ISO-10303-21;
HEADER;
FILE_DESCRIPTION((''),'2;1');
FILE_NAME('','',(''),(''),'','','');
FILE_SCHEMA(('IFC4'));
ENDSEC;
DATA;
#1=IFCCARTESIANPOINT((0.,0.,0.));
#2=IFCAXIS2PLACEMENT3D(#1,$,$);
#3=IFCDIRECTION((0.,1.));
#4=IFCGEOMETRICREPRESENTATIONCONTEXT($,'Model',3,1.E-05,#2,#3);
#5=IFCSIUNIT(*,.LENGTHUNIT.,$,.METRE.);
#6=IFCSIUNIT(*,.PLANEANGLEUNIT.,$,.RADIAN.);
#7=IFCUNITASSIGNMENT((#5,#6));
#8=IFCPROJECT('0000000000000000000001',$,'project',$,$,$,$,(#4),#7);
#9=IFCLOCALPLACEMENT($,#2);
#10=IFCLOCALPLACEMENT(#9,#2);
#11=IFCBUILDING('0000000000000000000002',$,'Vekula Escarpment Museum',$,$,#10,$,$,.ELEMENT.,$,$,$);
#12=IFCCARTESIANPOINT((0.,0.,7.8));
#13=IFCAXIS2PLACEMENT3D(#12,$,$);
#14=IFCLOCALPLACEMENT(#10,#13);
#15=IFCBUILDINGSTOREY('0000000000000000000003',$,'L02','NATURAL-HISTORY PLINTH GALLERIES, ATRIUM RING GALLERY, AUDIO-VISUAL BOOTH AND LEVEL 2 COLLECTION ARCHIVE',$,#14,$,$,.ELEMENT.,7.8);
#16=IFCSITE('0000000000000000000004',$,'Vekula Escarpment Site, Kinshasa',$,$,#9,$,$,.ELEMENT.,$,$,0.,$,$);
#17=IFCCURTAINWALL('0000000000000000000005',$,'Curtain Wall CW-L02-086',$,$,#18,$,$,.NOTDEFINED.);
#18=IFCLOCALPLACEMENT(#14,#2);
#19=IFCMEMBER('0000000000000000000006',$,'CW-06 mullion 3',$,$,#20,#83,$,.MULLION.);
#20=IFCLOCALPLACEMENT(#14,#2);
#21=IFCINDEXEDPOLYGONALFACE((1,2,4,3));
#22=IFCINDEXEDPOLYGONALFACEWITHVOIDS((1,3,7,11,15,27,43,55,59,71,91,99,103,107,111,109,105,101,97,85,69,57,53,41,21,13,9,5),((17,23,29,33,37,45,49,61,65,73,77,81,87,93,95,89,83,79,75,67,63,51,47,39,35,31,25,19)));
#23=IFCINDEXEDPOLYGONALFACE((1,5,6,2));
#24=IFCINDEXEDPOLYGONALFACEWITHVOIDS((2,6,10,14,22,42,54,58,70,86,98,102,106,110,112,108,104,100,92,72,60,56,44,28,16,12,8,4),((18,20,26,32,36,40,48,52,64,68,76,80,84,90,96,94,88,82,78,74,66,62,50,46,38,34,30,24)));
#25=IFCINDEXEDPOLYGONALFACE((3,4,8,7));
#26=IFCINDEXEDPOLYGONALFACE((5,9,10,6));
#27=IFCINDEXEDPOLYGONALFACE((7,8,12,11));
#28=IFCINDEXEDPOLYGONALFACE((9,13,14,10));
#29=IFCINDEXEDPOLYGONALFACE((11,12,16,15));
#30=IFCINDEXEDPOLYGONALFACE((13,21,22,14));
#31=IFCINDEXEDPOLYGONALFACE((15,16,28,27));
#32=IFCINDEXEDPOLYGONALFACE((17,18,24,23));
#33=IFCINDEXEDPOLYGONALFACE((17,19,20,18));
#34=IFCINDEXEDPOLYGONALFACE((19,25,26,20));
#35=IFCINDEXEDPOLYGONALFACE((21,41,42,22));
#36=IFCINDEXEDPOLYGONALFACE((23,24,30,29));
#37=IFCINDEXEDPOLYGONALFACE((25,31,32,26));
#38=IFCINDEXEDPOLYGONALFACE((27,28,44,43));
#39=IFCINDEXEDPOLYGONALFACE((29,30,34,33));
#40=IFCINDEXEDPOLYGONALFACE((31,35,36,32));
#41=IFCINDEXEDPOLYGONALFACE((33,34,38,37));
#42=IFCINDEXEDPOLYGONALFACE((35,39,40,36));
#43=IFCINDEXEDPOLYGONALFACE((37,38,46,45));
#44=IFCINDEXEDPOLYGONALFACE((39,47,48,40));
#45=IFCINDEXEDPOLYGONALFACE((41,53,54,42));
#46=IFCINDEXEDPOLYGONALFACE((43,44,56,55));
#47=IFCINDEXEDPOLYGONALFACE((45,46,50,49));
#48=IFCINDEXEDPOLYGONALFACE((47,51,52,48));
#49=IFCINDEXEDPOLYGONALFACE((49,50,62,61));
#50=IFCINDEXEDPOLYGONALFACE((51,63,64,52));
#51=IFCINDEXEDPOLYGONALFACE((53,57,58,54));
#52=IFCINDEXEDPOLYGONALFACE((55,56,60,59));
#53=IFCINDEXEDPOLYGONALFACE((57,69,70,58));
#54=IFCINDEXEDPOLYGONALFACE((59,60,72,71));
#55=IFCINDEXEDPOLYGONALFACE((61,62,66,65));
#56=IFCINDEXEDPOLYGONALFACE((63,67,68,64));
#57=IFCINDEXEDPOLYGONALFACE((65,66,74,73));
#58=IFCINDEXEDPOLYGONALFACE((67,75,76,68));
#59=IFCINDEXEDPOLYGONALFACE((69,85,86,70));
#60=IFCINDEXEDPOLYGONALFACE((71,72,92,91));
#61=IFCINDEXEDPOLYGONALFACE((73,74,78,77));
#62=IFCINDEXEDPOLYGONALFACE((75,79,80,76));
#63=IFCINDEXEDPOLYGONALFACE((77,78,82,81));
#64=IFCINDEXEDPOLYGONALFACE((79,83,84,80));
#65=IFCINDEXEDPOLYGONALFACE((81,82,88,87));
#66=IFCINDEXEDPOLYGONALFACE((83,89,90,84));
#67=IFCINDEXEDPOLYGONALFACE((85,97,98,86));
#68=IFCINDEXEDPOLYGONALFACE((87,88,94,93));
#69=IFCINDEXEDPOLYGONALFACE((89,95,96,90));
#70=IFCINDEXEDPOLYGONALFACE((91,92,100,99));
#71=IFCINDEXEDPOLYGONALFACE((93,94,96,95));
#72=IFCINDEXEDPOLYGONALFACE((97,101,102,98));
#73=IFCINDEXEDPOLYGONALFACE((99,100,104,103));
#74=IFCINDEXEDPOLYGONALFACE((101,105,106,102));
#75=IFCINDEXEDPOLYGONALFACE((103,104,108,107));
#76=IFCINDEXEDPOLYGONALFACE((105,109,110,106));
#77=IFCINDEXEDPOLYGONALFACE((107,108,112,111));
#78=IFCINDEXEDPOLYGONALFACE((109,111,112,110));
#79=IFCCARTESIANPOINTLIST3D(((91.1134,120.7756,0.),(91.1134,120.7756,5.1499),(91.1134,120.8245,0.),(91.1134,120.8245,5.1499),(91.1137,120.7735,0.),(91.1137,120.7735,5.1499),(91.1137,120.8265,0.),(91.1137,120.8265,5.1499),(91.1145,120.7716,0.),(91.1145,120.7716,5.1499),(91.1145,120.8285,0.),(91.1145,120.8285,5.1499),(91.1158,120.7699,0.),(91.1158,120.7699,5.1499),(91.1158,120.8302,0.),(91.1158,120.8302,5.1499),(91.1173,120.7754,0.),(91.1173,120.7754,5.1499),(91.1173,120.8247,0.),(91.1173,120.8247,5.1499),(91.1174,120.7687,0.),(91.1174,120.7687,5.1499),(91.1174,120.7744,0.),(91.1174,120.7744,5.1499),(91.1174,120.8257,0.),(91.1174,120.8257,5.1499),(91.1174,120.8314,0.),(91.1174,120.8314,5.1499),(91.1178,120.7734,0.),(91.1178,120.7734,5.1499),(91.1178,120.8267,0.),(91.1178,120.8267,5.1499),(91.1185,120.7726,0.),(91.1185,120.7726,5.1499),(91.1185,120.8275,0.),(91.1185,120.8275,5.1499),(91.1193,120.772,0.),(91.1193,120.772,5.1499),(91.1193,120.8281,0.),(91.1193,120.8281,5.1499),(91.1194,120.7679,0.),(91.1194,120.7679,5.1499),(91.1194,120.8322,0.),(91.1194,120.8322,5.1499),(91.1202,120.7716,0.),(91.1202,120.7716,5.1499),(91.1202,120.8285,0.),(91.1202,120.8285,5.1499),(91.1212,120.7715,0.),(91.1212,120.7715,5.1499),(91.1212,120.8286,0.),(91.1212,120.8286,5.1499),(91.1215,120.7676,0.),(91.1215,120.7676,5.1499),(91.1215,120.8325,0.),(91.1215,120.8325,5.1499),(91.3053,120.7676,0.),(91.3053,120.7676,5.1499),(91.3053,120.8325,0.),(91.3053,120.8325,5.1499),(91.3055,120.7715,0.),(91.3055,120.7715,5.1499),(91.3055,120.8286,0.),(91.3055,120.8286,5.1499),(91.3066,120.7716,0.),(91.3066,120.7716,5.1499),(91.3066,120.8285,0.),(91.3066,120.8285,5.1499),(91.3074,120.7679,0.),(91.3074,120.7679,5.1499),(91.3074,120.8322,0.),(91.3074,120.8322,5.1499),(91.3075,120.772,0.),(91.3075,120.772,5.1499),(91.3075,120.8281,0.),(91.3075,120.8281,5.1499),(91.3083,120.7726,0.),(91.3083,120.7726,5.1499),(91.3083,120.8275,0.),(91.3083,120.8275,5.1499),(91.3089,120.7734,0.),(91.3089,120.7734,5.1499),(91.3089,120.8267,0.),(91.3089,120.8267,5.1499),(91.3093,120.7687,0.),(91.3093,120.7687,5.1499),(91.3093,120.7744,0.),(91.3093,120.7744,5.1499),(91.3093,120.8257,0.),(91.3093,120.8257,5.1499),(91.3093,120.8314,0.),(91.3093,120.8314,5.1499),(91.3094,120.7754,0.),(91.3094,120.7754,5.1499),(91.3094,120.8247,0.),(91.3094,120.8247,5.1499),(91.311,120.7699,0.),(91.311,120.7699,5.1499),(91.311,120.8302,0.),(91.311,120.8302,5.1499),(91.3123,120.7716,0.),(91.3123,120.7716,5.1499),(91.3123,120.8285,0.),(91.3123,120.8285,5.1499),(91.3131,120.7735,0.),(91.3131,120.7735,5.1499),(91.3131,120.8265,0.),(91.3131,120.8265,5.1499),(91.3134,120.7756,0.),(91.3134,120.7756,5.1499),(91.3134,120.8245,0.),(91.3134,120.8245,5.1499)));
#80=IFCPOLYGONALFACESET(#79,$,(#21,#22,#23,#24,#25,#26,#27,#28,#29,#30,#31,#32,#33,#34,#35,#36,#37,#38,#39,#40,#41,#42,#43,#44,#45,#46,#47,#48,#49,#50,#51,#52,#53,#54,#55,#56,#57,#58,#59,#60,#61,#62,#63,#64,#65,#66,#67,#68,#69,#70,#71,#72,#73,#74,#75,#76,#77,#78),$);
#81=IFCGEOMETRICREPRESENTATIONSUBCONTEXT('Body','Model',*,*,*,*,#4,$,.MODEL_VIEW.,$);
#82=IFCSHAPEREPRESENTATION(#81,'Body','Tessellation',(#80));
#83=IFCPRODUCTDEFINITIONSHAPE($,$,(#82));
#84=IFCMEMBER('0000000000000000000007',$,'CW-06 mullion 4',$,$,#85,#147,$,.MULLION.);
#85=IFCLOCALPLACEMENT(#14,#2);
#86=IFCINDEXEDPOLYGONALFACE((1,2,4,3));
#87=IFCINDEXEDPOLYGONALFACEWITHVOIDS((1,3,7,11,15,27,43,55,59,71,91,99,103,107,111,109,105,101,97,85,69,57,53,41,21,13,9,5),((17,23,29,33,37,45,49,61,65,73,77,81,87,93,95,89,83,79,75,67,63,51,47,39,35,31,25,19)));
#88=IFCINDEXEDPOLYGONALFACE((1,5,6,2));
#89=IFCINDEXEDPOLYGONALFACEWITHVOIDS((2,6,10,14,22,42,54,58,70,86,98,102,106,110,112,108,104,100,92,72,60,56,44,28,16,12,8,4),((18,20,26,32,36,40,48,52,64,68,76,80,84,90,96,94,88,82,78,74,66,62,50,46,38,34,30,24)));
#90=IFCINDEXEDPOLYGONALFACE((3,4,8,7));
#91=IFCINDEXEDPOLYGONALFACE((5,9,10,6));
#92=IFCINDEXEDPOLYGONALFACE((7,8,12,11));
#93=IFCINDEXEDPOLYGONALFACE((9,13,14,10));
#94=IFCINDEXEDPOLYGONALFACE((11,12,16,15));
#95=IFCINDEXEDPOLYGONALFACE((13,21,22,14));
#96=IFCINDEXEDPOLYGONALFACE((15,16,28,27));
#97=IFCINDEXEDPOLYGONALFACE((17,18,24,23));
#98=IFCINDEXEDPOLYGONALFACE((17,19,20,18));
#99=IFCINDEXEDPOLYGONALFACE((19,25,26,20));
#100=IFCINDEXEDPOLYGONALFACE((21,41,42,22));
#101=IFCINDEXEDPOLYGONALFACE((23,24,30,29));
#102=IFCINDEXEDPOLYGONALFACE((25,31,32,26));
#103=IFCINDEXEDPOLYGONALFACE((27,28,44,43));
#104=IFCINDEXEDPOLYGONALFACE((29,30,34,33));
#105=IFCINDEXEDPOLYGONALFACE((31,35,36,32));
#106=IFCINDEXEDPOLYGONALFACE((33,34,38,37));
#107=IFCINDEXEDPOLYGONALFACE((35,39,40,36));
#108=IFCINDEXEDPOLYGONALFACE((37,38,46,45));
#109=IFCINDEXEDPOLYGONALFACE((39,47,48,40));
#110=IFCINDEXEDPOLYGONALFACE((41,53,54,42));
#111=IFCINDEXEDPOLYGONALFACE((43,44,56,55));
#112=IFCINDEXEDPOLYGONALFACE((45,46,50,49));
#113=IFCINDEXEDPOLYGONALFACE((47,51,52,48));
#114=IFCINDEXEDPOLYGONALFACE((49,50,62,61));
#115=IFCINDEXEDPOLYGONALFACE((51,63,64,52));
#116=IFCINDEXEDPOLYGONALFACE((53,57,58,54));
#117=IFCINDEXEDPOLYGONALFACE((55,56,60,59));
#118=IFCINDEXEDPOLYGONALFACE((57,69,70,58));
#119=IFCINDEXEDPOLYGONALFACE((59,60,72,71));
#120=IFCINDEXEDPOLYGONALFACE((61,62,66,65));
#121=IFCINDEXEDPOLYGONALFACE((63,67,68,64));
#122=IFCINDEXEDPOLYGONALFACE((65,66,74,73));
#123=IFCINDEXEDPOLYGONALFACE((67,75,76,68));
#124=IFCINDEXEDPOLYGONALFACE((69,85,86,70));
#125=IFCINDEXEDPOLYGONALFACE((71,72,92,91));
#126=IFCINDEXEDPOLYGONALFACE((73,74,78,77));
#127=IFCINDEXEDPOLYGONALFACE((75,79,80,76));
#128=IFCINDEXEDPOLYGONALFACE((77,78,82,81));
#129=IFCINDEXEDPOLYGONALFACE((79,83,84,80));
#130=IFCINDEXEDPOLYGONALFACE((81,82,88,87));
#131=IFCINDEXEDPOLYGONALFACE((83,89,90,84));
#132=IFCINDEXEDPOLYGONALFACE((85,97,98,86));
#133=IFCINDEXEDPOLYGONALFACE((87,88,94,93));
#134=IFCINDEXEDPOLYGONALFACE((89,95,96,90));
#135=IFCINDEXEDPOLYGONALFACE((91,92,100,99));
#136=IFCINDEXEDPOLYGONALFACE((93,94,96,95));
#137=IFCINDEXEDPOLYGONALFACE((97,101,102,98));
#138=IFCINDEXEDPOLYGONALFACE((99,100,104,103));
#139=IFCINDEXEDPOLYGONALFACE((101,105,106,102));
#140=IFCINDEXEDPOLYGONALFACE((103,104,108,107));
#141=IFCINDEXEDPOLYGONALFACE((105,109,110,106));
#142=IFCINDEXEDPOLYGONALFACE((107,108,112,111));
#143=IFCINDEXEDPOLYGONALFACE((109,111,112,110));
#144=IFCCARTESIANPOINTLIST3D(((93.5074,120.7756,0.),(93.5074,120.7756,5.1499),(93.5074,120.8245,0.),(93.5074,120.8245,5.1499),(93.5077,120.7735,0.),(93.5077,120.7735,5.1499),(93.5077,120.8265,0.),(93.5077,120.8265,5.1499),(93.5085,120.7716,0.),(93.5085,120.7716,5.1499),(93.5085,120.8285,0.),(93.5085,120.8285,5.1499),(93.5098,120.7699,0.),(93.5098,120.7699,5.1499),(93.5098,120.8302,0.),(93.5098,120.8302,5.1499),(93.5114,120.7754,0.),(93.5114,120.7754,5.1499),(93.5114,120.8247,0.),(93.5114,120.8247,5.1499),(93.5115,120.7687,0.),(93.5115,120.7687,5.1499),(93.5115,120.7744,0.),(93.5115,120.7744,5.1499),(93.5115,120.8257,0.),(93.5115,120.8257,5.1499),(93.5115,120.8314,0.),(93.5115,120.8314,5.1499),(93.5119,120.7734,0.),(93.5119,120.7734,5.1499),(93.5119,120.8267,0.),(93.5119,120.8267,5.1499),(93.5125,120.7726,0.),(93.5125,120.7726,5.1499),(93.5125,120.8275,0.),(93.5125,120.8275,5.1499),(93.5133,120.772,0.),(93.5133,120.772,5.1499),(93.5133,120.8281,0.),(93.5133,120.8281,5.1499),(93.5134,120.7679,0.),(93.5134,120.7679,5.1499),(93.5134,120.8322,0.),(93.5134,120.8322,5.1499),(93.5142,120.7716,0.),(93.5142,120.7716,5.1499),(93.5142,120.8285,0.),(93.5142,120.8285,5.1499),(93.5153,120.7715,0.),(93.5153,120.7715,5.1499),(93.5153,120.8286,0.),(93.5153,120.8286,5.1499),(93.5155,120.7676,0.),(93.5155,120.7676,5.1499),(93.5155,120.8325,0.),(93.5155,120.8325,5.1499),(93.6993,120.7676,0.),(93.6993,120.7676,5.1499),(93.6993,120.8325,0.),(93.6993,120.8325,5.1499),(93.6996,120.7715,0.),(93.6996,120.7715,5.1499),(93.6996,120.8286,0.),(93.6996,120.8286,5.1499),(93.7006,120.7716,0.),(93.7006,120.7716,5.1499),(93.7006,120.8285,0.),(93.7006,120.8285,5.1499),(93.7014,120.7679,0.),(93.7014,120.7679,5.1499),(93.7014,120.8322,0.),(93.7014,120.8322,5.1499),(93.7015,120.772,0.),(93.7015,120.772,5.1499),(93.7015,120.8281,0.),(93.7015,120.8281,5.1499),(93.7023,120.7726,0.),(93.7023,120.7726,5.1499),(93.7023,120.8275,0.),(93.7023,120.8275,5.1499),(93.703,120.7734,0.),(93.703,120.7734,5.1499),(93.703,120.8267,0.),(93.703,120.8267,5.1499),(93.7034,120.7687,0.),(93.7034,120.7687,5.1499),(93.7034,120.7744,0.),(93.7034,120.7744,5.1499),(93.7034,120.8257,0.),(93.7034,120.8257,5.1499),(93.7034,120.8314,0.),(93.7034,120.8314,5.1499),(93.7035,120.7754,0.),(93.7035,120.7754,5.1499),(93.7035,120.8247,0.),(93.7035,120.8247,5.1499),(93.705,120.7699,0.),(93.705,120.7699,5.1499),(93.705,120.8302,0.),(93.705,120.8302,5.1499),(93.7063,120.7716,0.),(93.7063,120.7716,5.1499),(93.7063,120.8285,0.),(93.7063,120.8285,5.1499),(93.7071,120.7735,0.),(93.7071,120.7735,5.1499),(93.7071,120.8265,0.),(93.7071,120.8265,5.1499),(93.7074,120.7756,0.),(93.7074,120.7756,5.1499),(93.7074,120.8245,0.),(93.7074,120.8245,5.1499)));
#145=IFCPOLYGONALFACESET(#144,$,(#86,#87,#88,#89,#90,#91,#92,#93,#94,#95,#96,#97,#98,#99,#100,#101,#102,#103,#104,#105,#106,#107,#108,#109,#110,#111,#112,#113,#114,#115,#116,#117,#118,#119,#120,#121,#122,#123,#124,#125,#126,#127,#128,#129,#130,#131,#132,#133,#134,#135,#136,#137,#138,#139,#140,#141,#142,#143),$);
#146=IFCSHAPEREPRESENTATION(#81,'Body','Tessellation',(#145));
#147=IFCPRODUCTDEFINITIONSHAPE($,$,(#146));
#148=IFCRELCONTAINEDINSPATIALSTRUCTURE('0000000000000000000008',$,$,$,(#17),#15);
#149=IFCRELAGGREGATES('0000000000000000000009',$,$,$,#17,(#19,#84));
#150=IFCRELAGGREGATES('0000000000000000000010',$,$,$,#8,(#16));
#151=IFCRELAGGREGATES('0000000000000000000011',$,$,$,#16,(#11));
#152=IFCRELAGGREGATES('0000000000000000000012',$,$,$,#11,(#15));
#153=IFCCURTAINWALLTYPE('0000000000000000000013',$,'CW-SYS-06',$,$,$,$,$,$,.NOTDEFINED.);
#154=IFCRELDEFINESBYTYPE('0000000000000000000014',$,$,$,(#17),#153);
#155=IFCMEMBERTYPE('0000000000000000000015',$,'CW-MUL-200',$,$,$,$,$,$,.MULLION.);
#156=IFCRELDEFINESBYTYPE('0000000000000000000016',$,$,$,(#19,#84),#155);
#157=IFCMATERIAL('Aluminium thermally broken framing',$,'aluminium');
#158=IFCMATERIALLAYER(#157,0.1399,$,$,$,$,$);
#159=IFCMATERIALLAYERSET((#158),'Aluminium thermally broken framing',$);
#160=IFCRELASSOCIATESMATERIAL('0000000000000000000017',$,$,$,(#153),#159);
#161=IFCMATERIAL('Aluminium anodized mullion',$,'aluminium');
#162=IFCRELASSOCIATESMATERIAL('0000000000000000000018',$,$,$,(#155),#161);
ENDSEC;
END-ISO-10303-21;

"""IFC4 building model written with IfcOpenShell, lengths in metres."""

from ifc_helpers import new_model, si_unit, direction, frame, origin, origin_2d, place, context, subcontext, project, spatial, hollow_rectangle, extrude, material, layer, layer_set, material_profile, profile_set, type_object, element, aggregate, save


model = new_model("IFC4")

# Units and contexts
model_context = context("Model", 3, precision=1e-05, world=origin(), true_north=direction((0.0, 1.0)))
body_context = subcontext(model_context, "Body", "Model", "MODEL_VIEW")
ifc_project = project(units=[si_unit("LENGTHUNIT", "METRE"), si_unit("PLANEANGLEUNIT", "RADIAN")], contexts=[model_context])

# Site, building, storey
site_placement = place(None, origin())
site = spatial("IfcSite", under=ifc_project, at=site_placement, Name="Vekula Escarpment Site, Kinshasa", CompositionType="ELEMENT", RefElevation=0.0)
building_placement = place(site_placement, origin())
building = spatial("IfcBuilding", under=site, at=building_placement, Name="Vekula Escarpment Museum", CompositionType="ELEMENT")
storey_placement = place(building_placement, frame((0.0, 0.0, 7.8)))
storey = spatial("IfcBuildingStorey", under=building, at=storey_placement, Name="L02", Description="NATURAL-HISTORY PLINTH GALLERIES, ATRIUM RING GALLERY, AUDIO-VISUAL BOOTH AND LEVEL 2 COLLECTION ARCHIVE", CompositionType="ELEMENT", Elevation=7.8)

# Curtain wall, members
ifc_material_1 = material(Name="Aluminium thermally broken framing", Category="aluminium")
ifc_layer_1 = layer(ifc_material_1, 0.1399)
ifc_layer_set_1 = layer_set([ifc_layer_1], Name="Aluminium thermally broken framing")
curtain_wall_type = type_object("IfcCurtainWallType", Name="CW-SYS-06", PredefinedType="NOTDEFINED", material=ifc_layer_set_1)
curtain_wall_placement = place(storey_placement, origin())
curtain_wall = element("IfcCurtainWall", 1, at=curtain_wall_placement, inside=storey, type_object=curtain_wall_type, Name="Curtain Wall CW-L02-086", PredefinedType="NOTDEFINED")
ifc_material_2 = material(Name="Aluminium anodized mullion", Category="aluminium")
ifc_material_profile_1 = material_profile(ifc_material_2, hollow_rectangle(XDim=0.0649, YDim=0.2, WallThickness=0.0039, InnerFilletRadius=0.0039, OuterFilletRadius=0.0081, at=origin_2d()), Name="ALU 200x65x4")
ifc_profile_set_1 = profile_set([ifc_material_profile_1], Name="Aluminium anodized mullion")
member_type_1 = type_object("IfcMemberType", Name="CW-MUL-200", PredefinedType="MULLION", material=ifc_profile_set_1)
member_1_placement = place(storey_placement, frame((91.2134, 120.8, 0.0), z_axis=(0.0, 0.0, 1.0), x_axis=(0.0, 1.0, 0.0)))
member_1 = element("IfcMember", 2, at=member_1_placement, type_object=member_type_1, Name="CW-06 mullion 3", PredefinedType="MULLION", context=body_context, shape_type="SweptSolid", body=[
    extrude(hollow_rectangle(XDim=0.0649, YDim=0.2, WallThickness=0.0039, InnerFilletRadius=0.0039, OuterFilletRadius=0.0081, at=origin_2d()), origin(), (0.0, 0.0, 1.0), 5.1499),
])
member_2_placement = place(storey_placement, frame((93.6074, 120.8, 0.0), z_axis=(0.0, 0.0, 1.0), x_axis=(0.0, 1.0, 0.0)))
member_2 = element("IfcMember", 3, at=member_2_placement, type_object=member_type_1, Name="CW-06 mullion 4", PredefinedType="MULLION", context=body_context, shape_type="SweptSolid", body=[
    extrude(hollow_rectangle(XDim=0.0649, YDim=0.2, WallThickness=0.0039, InnerFilletRadius=0.0039, OuterFilletRadius=0.0081, at=origin_2d()), origin(), (0.0, 0.0, 1.0), 5.1499),
])
aggregate(curtain_wall, [member_1, member_2])

save(model, "model.ifc")
